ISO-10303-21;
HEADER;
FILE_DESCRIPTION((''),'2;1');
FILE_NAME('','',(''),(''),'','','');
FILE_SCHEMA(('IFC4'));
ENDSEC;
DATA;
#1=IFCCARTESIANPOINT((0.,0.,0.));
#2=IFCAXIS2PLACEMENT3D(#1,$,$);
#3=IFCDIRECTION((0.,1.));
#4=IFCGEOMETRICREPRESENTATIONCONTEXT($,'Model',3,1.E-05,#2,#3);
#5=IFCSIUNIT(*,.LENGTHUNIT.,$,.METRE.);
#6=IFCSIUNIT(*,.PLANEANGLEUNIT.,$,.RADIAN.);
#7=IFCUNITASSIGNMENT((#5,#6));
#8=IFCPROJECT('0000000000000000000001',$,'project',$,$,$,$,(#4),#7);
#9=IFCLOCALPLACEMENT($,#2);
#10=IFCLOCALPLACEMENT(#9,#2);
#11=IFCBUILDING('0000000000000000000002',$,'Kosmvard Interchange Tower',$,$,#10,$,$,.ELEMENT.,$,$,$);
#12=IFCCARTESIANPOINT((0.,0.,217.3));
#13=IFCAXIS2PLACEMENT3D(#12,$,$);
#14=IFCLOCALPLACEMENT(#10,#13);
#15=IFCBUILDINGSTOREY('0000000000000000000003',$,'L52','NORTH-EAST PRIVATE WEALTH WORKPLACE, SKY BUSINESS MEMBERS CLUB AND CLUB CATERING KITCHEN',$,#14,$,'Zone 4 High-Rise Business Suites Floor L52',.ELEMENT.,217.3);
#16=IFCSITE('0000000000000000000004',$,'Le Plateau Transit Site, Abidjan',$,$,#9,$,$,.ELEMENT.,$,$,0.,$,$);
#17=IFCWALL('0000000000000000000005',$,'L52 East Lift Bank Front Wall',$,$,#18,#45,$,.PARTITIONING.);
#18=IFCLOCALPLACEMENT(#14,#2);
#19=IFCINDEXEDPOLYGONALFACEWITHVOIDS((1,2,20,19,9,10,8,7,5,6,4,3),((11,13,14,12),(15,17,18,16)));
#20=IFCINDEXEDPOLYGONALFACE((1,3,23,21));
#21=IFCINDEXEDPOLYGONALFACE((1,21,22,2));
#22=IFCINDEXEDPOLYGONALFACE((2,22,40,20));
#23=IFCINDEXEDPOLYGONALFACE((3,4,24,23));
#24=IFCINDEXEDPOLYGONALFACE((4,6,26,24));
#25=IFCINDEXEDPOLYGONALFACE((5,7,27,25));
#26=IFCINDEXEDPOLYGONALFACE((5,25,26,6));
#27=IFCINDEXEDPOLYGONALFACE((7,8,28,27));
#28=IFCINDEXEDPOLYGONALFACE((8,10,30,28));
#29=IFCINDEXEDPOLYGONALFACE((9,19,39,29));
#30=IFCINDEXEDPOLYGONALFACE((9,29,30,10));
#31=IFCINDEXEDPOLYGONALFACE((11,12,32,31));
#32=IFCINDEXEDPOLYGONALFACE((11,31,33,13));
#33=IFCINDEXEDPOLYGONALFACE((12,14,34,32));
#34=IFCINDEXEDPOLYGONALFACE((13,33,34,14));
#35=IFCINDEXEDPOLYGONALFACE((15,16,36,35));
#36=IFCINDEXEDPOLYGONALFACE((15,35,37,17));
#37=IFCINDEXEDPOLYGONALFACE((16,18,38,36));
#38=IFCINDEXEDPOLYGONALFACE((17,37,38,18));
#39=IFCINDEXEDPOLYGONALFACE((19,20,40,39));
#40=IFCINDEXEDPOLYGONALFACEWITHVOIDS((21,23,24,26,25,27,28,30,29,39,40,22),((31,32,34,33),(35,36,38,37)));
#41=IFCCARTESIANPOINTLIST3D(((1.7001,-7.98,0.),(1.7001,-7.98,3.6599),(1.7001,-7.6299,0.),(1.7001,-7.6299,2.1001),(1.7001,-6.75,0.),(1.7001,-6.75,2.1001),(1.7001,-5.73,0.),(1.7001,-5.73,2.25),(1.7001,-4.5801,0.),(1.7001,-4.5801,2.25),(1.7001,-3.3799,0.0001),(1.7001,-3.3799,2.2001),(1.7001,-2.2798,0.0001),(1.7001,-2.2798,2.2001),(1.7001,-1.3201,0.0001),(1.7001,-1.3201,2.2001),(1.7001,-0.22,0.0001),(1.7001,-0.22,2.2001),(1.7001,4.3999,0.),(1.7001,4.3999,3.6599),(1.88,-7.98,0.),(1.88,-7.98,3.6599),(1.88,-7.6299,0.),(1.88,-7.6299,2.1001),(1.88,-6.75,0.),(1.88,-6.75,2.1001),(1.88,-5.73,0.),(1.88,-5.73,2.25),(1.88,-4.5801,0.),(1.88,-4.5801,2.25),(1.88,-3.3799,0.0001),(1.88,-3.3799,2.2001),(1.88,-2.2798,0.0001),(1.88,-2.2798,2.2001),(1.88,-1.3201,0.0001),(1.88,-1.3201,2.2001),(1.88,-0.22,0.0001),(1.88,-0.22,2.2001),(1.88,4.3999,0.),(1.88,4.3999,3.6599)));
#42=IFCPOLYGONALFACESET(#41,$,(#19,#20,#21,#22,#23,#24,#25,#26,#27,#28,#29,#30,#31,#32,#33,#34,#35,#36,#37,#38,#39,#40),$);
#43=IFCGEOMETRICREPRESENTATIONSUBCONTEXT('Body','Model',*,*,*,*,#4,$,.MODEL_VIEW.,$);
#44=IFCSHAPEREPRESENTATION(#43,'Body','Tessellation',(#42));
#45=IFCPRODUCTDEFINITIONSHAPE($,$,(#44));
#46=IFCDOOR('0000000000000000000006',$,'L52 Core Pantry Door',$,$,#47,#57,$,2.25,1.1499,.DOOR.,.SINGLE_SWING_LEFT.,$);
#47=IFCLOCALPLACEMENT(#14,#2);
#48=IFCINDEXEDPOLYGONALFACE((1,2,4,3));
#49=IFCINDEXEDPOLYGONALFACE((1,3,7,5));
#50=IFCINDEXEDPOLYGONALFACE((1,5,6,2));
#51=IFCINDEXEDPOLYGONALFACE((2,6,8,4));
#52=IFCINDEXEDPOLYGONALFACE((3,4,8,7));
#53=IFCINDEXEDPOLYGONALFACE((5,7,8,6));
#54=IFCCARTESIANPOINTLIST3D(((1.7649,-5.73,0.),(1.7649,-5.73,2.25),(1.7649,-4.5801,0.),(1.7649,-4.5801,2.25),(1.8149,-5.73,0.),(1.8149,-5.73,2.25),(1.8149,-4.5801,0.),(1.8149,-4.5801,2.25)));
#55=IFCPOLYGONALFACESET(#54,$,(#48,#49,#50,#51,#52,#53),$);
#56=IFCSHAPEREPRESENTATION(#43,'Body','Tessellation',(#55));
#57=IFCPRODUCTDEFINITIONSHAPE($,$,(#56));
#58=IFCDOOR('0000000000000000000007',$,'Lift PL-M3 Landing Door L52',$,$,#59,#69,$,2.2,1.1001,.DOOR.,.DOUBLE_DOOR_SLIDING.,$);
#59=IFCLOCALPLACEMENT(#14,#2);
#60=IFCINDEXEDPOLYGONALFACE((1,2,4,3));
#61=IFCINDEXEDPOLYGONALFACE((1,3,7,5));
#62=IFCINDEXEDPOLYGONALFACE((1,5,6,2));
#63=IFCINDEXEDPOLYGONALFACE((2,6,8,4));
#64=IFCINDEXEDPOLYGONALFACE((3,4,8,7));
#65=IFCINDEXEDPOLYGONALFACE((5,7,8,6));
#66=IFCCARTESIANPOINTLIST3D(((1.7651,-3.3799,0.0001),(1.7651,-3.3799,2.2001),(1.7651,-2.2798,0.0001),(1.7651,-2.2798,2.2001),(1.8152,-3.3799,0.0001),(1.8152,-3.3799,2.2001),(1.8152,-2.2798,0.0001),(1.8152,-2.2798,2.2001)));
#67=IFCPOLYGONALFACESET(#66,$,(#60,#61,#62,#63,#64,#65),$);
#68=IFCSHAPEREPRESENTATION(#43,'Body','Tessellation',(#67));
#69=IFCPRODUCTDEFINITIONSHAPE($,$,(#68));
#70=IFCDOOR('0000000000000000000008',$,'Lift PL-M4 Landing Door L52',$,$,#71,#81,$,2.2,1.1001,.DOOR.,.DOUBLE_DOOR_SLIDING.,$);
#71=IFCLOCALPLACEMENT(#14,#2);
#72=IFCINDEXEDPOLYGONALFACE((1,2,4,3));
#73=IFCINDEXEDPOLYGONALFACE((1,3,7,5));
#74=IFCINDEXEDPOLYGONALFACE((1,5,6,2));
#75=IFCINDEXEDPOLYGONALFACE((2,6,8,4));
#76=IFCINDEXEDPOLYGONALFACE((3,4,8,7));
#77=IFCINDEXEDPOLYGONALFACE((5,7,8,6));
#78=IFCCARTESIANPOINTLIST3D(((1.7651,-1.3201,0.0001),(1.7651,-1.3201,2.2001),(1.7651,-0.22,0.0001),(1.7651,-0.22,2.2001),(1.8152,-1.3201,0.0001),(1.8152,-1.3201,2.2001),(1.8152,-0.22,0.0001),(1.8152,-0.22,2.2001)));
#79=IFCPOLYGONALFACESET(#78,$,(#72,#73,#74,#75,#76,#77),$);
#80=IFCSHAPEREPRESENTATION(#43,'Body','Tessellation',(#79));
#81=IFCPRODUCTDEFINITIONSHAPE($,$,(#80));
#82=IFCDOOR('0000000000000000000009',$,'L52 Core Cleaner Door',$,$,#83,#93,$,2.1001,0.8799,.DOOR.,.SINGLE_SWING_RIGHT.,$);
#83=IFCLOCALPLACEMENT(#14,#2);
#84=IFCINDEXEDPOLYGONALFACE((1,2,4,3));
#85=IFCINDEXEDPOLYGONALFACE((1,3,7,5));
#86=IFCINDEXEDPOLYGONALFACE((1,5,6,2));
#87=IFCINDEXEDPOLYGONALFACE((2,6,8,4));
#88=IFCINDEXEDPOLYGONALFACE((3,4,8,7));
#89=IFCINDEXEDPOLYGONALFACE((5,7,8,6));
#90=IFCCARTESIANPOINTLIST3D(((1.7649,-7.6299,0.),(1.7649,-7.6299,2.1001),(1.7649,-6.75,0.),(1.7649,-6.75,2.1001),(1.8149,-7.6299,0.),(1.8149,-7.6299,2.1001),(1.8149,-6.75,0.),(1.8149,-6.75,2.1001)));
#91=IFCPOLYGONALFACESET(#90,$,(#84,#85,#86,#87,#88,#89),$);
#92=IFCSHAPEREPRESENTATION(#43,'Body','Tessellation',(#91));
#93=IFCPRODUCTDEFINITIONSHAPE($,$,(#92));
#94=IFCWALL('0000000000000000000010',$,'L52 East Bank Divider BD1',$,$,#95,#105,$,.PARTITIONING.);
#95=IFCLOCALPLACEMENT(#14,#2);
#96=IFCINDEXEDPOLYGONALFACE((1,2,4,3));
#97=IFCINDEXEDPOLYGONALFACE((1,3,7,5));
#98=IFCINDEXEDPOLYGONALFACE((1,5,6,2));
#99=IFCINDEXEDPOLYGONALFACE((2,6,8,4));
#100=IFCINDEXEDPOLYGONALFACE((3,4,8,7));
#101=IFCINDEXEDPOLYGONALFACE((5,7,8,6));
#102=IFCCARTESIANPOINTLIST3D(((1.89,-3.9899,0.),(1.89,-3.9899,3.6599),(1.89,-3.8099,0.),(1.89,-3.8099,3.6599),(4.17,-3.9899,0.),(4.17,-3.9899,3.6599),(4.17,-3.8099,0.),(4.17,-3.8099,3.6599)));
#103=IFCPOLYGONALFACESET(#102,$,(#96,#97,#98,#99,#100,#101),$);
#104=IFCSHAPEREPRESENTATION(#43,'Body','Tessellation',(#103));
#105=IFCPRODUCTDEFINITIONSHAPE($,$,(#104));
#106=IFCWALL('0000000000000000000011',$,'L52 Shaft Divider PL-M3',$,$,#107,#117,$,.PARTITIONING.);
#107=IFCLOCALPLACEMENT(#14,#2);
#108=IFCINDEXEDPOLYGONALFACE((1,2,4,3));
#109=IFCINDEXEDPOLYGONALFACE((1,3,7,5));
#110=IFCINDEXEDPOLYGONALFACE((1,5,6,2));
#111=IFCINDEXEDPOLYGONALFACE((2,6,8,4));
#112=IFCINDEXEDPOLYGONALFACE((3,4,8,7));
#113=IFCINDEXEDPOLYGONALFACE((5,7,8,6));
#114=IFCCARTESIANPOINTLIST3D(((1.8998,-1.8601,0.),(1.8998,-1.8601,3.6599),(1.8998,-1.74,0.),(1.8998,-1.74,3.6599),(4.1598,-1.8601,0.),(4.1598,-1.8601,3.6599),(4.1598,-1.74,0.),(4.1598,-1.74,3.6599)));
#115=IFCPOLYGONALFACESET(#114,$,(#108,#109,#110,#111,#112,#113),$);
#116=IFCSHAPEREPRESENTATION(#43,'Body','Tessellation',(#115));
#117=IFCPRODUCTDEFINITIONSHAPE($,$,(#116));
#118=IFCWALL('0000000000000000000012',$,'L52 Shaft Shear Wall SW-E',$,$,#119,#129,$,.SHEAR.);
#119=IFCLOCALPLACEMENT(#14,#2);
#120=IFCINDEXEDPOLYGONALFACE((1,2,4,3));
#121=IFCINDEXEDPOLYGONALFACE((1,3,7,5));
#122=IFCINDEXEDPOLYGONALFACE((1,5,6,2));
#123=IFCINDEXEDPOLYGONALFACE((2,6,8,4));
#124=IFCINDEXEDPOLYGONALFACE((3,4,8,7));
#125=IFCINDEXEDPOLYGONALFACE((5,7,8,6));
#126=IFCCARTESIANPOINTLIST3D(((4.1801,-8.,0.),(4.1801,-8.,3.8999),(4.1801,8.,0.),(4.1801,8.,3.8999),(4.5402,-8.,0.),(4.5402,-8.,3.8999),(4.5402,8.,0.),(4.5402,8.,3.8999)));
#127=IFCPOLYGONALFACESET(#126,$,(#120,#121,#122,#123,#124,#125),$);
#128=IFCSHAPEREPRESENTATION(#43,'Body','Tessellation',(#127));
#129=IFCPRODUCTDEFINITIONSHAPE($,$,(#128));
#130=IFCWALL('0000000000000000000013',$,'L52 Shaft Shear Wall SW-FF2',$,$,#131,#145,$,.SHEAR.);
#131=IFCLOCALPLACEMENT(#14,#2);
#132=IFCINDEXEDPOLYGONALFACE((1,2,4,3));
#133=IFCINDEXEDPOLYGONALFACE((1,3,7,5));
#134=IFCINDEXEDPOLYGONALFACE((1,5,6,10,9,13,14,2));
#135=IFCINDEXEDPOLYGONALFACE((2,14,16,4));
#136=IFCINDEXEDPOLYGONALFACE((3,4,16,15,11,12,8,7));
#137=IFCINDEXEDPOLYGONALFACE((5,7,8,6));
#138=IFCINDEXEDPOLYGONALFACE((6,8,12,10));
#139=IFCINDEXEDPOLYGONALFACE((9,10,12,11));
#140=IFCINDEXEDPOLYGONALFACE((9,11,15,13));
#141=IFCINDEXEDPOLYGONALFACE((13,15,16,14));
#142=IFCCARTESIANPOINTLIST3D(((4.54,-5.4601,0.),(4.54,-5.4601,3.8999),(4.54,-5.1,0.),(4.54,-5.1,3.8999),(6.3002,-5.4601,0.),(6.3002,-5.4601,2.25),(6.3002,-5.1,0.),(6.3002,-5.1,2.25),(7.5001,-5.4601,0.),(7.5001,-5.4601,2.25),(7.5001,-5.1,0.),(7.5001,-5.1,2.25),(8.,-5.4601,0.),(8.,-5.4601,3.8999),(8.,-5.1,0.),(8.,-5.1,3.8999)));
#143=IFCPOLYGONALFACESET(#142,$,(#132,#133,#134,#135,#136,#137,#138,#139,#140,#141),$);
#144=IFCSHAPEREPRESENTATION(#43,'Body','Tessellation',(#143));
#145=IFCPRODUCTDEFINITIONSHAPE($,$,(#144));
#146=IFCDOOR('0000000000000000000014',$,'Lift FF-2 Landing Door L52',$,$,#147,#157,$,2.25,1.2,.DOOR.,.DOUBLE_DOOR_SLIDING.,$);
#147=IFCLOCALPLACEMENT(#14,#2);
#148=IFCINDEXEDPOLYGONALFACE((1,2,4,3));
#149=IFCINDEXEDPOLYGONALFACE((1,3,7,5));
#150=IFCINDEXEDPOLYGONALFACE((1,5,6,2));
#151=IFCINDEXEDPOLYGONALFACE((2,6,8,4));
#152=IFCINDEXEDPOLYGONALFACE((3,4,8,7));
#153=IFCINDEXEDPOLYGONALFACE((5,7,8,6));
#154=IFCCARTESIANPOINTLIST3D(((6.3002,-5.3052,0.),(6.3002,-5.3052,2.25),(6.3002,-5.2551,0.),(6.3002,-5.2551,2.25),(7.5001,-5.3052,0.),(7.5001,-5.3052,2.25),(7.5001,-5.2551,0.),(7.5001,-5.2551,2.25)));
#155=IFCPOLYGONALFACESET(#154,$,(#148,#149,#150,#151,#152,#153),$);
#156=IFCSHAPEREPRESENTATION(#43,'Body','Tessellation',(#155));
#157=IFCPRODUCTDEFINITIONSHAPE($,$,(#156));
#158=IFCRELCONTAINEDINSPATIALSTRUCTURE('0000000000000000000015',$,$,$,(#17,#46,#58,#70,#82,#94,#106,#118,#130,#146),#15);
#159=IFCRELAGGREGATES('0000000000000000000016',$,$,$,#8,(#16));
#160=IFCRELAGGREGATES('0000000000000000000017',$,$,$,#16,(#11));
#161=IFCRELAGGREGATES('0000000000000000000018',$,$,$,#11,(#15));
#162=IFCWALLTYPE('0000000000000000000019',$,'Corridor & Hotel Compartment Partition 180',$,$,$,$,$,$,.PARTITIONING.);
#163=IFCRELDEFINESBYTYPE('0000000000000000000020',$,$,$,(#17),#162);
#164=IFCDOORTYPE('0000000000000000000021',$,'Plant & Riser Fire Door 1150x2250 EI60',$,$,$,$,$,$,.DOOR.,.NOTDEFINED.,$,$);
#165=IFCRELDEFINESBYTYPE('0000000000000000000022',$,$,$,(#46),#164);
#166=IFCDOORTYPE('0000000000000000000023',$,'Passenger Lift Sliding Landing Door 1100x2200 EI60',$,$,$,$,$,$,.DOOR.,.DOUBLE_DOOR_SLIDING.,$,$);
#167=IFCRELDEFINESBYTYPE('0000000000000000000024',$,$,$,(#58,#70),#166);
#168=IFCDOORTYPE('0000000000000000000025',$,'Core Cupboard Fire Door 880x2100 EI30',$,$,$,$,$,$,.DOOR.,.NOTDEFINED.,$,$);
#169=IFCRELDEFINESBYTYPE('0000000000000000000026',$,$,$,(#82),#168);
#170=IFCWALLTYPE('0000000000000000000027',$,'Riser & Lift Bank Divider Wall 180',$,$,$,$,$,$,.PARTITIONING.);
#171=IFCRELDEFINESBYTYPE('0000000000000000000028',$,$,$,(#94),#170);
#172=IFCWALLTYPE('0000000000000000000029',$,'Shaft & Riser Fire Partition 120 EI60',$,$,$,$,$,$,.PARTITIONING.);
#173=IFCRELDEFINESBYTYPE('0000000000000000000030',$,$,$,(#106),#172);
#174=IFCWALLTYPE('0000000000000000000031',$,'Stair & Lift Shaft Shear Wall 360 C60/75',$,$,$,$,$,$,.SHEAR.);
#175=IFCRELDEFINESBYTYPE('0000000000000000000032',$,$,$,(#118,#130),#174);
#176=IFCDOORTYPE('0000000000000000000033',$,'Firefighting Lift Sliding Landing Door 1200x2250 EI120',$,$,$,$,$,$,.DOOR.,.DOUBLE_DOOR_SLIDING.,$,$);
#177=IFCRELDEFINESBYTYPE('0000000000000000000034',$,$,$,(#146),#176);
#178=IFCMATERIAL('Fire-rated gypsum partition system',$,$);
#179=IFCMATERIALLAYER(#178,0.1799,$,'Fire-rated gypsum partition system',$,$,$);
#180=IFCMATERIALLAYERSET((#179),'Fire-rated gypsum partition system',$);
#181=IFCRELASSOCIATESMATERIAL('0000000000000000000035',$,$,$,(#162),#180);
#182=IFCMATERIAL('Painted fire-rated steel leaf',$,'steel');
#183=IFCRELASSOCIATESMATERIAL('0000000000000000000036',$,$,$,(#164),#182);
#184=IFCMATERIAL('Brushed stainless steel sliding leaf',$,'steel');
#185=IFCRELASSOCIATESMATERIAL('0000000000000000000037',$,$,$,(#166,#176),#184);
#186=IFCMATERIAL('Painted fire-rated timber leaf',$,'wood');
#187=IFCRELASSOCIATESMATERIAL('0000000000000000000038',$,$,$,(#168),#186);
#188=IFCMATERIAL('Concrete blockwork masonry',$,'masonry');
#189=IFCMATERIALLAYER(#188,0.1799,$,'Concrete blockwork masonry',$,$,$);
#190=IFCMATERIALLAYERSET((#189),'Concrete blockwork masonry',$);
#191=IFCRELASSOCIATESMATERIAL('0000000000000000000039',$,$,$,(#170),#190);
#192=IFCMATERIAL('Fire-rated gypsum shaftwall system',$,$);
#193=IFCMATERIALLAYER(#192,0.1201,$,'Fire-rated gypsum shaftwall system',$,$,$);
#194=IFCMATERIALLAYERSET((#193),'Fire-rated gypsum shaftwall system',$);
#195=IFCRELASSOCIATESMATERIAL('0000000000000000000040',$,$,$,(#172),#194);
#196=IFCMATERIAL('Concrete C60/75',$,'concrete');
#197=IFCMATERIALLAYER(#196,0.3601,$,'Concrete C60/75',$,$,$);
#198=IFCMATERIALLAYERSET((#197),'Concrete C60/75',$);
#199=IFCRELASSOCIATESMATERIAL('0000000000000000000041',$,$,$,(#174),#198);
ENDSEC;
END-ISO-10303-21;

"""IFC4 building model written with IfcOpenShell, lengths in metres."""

from ifc_helpers import new_model, si_unit, direction, frame, frame_2d, origin, place, context, subcontext, project, spatial, rectangle, extrude, source, transform, mapped, material, layer, layer_set, type_object, element, fill, save


model = new_model("IFC4")

# Units and contexts
model_context = context("Model", 3, precision=1e-05, world=origin(), true_north=direction((0.0, 1.0)))
body_context = subcontext(model_context, "Body", "Model", "MODEL_VIEW")
ifc_project = project(units=[si_unit("LENGTHUNIT", "METRE"), si_unit("PLANEANGLEUNIT", "RADIAN")], contexts=[model_context])

# Site, building, storey
site_placement = place(None, origin())
site = spatial("IfcSite", under=ifc_project, at=site_placement, Name="Le Plateau Transit Site, Abidjan", CompositionType="ELEMENT", RefElevation=0.0)
building_placement = place(site_placement, origin())
building = spatial("IfcBuilding", under=site, at=building_placement, Name="Kosmvard Interchange Tower", CompositionType="ELEMENT")
storey_placement = place(building_placement, frame((0.0, 0.0, 217.3)))
storey = spatial("IfcBuildingStorey", under=building, at=storey_placement, Name="L52", Description="NORTH-EAST PRIVATE WEALTH WORKPLACE, SKY BUSINESS MEMBERS CLUB AND CLUB CATERING KITCHEN", LongName="Zone 4 High-Rise Business Suites Floor L52", CompositionType="ELEMENT", Elevation=217.3)

# Shared definitions
ifc_material_1 = material(Name="Fire-rated gypsum partition system")

# Wall, openings, doors
ifc_layer_1 = layer(ifc_material_1, 0.1799, Name="Fire-rated gypsum partition system")
ifc_layer_set_1 = layer_set([ifc_layer_1], Name="Fire-rated gypsum partition system")
wall_type_1 = type_object("IfcWallType", Name="Corridor & Hotel Compartment Partition 180", PredefinedType="PARTITIONING", material=ifc_layer_set_1)
wall_1_placement = place(storey_placement, frame((1.79, -7.98, 0.0), z_axis=(0.0, 0.0, 1.0), x_axis=(0.0, 1.0, 0.0)))
wall_1 = element("IfcWall", 1, at=wall_1_placement, inside=storey, type_object=wall_type_1, Name="L52 East Lift Bank Front Wall", PredefinedType="PARTITIONING", context=body_context, shape_type="SweptSolid", body=[
    extrude(rectangle(XDim=12.3799, YDim=0.1799, at=frame_2d((6.1899, 0.0))), origin(), (0.0, 0.0, 1.0), 3.6599),
])
opening_1_placement = place(wall_1_placement, frame((4.6001, 0.0, 0.0)))
opening_1 = element("IfcOpeningElement", 2, at=opening_1_placement, cuts=wall_1, PredefinedType="OPENING", context=body_context, shape_type="SweptSolid", body=[
    extrude(rectangle(XDim=1.1001, YDim=2.2, at=frame_2d((0.55, 1.1001))), frame((0.0, 0.1001, 0.0), z_axis=(0.0, -1.0, 0.0), x_axis=(1.0, 0.0, 0.0)), (0.0, 0.0, 1.0), 0.2),
])
opening_2_placement = place(wall_1_placement, frame((6.6599, 0.0, 0.0)))
opening_2 = element("IfcOpeningElement", 3, at=opening_2_placement, cuts=wall_1, PredefinedType="OPENING", context=body_context, shape_type="SweptSolid", body=[
    extrude(rectangle(XDim=1.1001, YDim=2.2, at=frame_2d((0.55, 1.1001))), frame((0.0, 0.1001, 0.0), z_axis=(0.0, -1.0, 0.0), x_axis=(1.0, 0.0, 0.0)), (0.0, 0.0, 1.0), 0.2),
])
opening_3_placement = place(wall_1_placement, frame((0.3501, 0.0, 0.0)))
opening_3 = element("IfcOpeningElement", 4, at=opening_3_placement, cuts=wall_1, PredefinedType="OPENING", context=body_context, shape_type="SweptSolid", body=[
    extrude(rectangle(XDim=0.8799, YDim=2.1001, at=frame_2d((0.4399, 1.05))), frame((0.0, 0.1001, 0.0), z_axis=(0.0, -1.0, 0.0), x_axis=(1.0, 0.0, 0.0)), (0.0, 0.0, 1.0), 0.2),
])
opening_4_placement = place(wall_1_placement, frame((2.25, 0.0, 0.0)))
opening_4 = element("IfcOpeningElement", 5, at=opening_4_placement, cuts=wall_1, PredefinedType="OPENING", context=body_context, shape_type="SweptSolid", body=[
    extrude(rectangle(XDim=1.1499, YDim=2.25, at=frame_2d((0.575, 1.125))), frame((0.0, 0.1001, 0.0), z_axis=(0.0, -1.0, 0.0), x_axis=(1.0, 0.0, 0.0)), (0.0, 0.0, 1.0), 0.2),
])
ifc_material_2 = material(Name="Painted fire-rated steel leaf", Category="steel")
door_type_1 = type_object("IfcDoorType", Name="Plant & Riser Fire Door 1150x2250 EI60", OperationType="NOTDEFINED", PredefinedType="DOOR", material=ifc_material_2)
shared_shape_1 = source(origin(), body_context, "Body", "SweptSolid", [
    extrude(rectangle(XDim=1.1499, YDim=2.25, at=frame_2d((0.575, 1.125))), frame((0.0, 0.0249, 0.0), z_axis=(0.0, -1.0, 0.0), x_axis=(1.0, 0.0, 0.0)), (0.0, 0.0, 1.0), 0.05),
])
door_1_placement = place(opening_4_placement, frame((1.1499, 0.0, 0.0), z_axis=(0.0, 0.0, 1.0), x_axis=(-1.0, 0.0, 0.0)))
door_1 = element("IfcDoor", 6, at=door_1_placement, inside=storey, type_object=door_type_1, Name="L52 Core Pantry Door", OperationType="SINGLE_SWING_LEFT", OverallHeight=2.25, OverallWidth=1.1499, PredefinedType="DOOR", context=body_context, shape_type="MappedRepresentation", body=[
    mapped(shared_shape_1, transform((0.0, 0.0, 0.0), scale=1.0)),
])
fill(opening_4, door_1)
ifc_material_3 = material(Name="Brushed stainless steel sliding leaf", Category="steel")
door_type_2 = type_object("IfcDoorType", Name="Passenger Lift Sliding Landing Door 1100x2200 EI60", OperationType="DOUBLE_DOOR_SLIDING", PredefinedType="DOOR", material=ifc_material_3)
shared_shape_2 = source(origin(), body_context, "Body", "SweptSolid", [
    extrude(rectangle(XDim=1.1001, YDim=2.2, at=frame_2d((0.55, 1.1001))), frame((0.0, 0.0249, 0.0), z_axis=(0.0, -1.0, 0.0), x_axis=(1.0, 0.0, 0.0)), (0.0, 0.0, 1.0), 0.05),
])
door_2_placement = place(opening_1_placement, origin())
door_2 = element("IfcDoor", 7, at=door_2_placement, inside=storey, type_object=door_type_2, Name="Lift PL-M3 Landing Door L52", OperationType="DOUBLE_DOOR_SLIDING", OverallHeight=2.2, OverallWidth=1.1001, PredefinedType="DOOR", context=body_context, shape_type="MappedRepresentation", body=[
    mapped(shared_shape_2, transform((0.0, 0.0, 0.0), scale=1.0)),
])
fill(opening_1, door_2)
door_3_placement = place(opening_2_placement, origin())
door_3 = element("IfcDoor", 8, at=door_3_placement, inside=storey, type_object=door_type_2, Name="Lift PL-M4 Landing Door L52", OperationType="DOUBLE_DOOR_SLIDING", OverallHeight=2.2, OverallWidth=1.1001, PredefinedType="DOOR", context=body_context, shape_type="MappedRepresentation", body=[
    mapped(shared_shape_2, transform((0.0, 0.0, 0.0), scale=1.0)),
])
fill(opening_2, door_3)
ifc_material_4 = material(Name="Painted fire-rated timber leaf", Category="wood")
door_type_3 = type_object("IfcDoorType", Name="Core Cupboard Fire Door 880x2100 EI30", OperationType="NOTDEFINED", PredefinedType="DOOR", material=ifc_material_4)
shared_shape_3 = source(origin(), body_context, "Body", "SweptSolid", [
    extrude(rectangle(XDim=0.8799, YDim=2.1001, at=frame_2d((0.4399, 1.05))), frame((0.0, 0.0249, 0.0), z_axis=(0.0, -1.0, 0.0), x_axis=(1.0, 0.0, 0.0)), (0.0, 0.0, 1.0), 0.05),
])
door_4_placement = place(opening_3_placement, frame((0.8799, 0.0, 0.0), z_axis=(0.0, 0.0, 1.0), x_axis=(-1.0, 0.0, 0.0)))
door_4 = element("IfcDoor", 9, at=door_4_placement, inside=storey, type_object=door_type_3, Name="L52 Core Cleaner Door", OperationType="SINGLE_SWING_RIGHT", OverallHeight=2.1001, OverallWidth=0.8799, PredefinedType="DOOR", context=body_context, shape_type="MappedRepresentation", body=[
    mapped(shared_shape_3, transform((0.0, 0.0, 0.0), scale=1.0)),
])
fill(opening_3, door_4)

# Walls
ifc_material_5 = material(Name="Concrete blockwork masonry", Category="masonry")
ifc_layer_2 = layer(ifc_material_5, 0.1799, Name="Concrete blockwork masonry")
ifc_layer_set_2 = layer_set([ifc_layer_2], Name="Concrete blockwork masonry")
wall_type_2 = type_object("IfcWallType", Name="Riser & Lift Bank Divider Wall 180", PredefinedType="PARTITIONING", material=ifc_layer_set_2)
wall_2_placement = place(storey_placement, frame((1.8899, -3.8999, 0.0), z_axis=(0.0, 0.0, 1.0), x_axis=(1.0, 0.0, 0.0)))
element("IfcWall", 10, at=wall_2_placement, inside=storey, type_object=wall_type_2, Name="L52 East Bank Divider BD1", PredefinedType="PARTITIONING", context=body_context, shape_type="SweptSolid", body=[
    extrude(rectangle(XDim=2.28, YDim=0.1799, at=frame_2d((1.1401, 0.0))), origin(), (0.0, 0.0, 1.0), 3.6599),
])
ifc_material_6 = material(Name="Fire-rated gypsum shaftwall system")
ifc_layer_3 = layer(ifc_material_6, 0.1201, Name="Fire-rated gypsum shaftwall system")
ifc_layer_set_3 = layer_set([ifc_layer_3], Name="Fire-rated gypsum shaftwall system")
wall_type_3 = type_object("IfcWallType", Name="Shaft & Riser Fire Partition 120 EI60", PredefinedType="PARTITIONING", material=ifc_layer_set_3)
wall_3_placement = place(storey_placement, frame((1.8999, -1.8, 0.0), z_axis=(0.0, 0.0, 1.0), x_axis=(1.0, 0.0, 0.0)))
element("IfcWall", 11, at=wall_3_placement, inside=storey, type_object=wall_type_3, Name="L52 Shaft Divider PL-M3", PredefinedType="PARTITIONING", context=body_context, shape_type="SweptSolid", body=[
    extrude(rectangle(XDim=2.26, YDim=0.1201, at=frame_2d((1.1299, 0.0))), origin(), (0.0, 0.0, 1.0), 3.6599),
])
ifc_material_7 = material(Name="Concrete C60/75", Category="concrete")
ifc_layer_4 = layer(ifc_material_7, 0.3601, Name="Concrete C60/75")
ifc_layer_set_4 = layer_set([ifc_layer_4], Name="Concrete C60/75")
wall_type_4 = type_object("IfcWallType", Name="Stair & Lift Shaft Shear Wall 360 C60/75", PredefinedType="SHEAR", material=ifc_layer_set_4)
wall_4_placement = place(storey_placement, frame((4.3601, -8.0, 0.0), z_axis=(0.0, 0.0, 1.0), x_axis=(0.0, 1.0, 0.0)))
element("IfcWall", 12, at=wall_4_placement, inside=storey, type_object=wall_type_4, Name="L52 Shaft Shear Wall SW-E", PredefinedType="SHEAR", context=body_context, shape_type="SweptSolid", body=[
    extrude(rectangle(XDim=16.0, YDim=0.3601, at=frame_2d((8.0, 0.0))), origin(), (0.0, 0.0, 1.0), 3.8999),
])

# Wall, opening, door
wall_5_placement = place(storey_placement, frame((4.54, -5.28, 0.0), z_axis=(0.0, 0.0, 1.0), x_axis=(1.0, 0.0, 0.0)))
wall_5 = element("IfcWall", 13, at=wall_5_placement, inside=storey, type_object=wall_type_4, Name="L52 Shaft Shear Wall SW-FF2", PredefinedType="SHEAR", context=body_context, shape_type="SweptSolid", body=[
    extrude(rectangle(XDim=3.46, YDim=0.3601, at=frame_2d((1.73, 0.0))), origin(), (0.0, 0.0, 1.0), 3.8999),
])
opening_5_placement = place(wall_5_placement, frame((1.76, 0.0, 0.0)))
opening_5 = element("IfcOpeningElement", 14, at=opening_5_placement, cuts=wall_5, PredefinedType="OPENING", context=body_context, shape_type="SweptSolid", body=[
    extrude(rectangle(XDim=1.2, YDim=2.25, at=frame_2d((0.6001, 1.125))), frame((0.0, 0.1899, 0.0), z_axis=(0.0, -1.0, 0.0), x_axis=(1.0, 0.0, 0.0)), (0.0, 0.0, 1.0), 0.3801),
])
door_type_4 = type_object("IfcDoorType", Name="Firefighting Lift Sliding Landing Door 1200x2250 EI120", OperationType="DOUBLE_DOOR_SLIDING", PredefinedType="DOOR", material=ifc_material_3)
shared_shape_4 = source(origin(), body_context, "Body", "SweptSolid", [
    extrude(rectangle(XDim=1.2, YDim=2.25, at=frame_2d((0.6001, 1.125))), frame((0.0, 0.0249, 0.0), z_axis=(0.0, -1.0, 0.0), x_axis=(1.0, 0.0, 0.0)), (0.0, 0.0, 1.0), 0.05),
])
door_5_placement = place(opening_5_placement, origin())
door_5 = element("IfcDoor", 15, at=door_5_placement, inside=storey, type_object=door_type_4, Name="Lift FF-2 Landing Door L52", OperationType="DOUBLE_DOOR_SLIDING", OverallHeight=2.25, OverallWidth=1.2, PredefinedType="DOOR", context=body_context, shape_type="MappedRepresentation", body=[
    mapped(shared_shape_4, transform((0.0, 0.0, 0.0), scale=1.0)),
])
fill(opening_5, door_5)

save(model, "model.ifc")
